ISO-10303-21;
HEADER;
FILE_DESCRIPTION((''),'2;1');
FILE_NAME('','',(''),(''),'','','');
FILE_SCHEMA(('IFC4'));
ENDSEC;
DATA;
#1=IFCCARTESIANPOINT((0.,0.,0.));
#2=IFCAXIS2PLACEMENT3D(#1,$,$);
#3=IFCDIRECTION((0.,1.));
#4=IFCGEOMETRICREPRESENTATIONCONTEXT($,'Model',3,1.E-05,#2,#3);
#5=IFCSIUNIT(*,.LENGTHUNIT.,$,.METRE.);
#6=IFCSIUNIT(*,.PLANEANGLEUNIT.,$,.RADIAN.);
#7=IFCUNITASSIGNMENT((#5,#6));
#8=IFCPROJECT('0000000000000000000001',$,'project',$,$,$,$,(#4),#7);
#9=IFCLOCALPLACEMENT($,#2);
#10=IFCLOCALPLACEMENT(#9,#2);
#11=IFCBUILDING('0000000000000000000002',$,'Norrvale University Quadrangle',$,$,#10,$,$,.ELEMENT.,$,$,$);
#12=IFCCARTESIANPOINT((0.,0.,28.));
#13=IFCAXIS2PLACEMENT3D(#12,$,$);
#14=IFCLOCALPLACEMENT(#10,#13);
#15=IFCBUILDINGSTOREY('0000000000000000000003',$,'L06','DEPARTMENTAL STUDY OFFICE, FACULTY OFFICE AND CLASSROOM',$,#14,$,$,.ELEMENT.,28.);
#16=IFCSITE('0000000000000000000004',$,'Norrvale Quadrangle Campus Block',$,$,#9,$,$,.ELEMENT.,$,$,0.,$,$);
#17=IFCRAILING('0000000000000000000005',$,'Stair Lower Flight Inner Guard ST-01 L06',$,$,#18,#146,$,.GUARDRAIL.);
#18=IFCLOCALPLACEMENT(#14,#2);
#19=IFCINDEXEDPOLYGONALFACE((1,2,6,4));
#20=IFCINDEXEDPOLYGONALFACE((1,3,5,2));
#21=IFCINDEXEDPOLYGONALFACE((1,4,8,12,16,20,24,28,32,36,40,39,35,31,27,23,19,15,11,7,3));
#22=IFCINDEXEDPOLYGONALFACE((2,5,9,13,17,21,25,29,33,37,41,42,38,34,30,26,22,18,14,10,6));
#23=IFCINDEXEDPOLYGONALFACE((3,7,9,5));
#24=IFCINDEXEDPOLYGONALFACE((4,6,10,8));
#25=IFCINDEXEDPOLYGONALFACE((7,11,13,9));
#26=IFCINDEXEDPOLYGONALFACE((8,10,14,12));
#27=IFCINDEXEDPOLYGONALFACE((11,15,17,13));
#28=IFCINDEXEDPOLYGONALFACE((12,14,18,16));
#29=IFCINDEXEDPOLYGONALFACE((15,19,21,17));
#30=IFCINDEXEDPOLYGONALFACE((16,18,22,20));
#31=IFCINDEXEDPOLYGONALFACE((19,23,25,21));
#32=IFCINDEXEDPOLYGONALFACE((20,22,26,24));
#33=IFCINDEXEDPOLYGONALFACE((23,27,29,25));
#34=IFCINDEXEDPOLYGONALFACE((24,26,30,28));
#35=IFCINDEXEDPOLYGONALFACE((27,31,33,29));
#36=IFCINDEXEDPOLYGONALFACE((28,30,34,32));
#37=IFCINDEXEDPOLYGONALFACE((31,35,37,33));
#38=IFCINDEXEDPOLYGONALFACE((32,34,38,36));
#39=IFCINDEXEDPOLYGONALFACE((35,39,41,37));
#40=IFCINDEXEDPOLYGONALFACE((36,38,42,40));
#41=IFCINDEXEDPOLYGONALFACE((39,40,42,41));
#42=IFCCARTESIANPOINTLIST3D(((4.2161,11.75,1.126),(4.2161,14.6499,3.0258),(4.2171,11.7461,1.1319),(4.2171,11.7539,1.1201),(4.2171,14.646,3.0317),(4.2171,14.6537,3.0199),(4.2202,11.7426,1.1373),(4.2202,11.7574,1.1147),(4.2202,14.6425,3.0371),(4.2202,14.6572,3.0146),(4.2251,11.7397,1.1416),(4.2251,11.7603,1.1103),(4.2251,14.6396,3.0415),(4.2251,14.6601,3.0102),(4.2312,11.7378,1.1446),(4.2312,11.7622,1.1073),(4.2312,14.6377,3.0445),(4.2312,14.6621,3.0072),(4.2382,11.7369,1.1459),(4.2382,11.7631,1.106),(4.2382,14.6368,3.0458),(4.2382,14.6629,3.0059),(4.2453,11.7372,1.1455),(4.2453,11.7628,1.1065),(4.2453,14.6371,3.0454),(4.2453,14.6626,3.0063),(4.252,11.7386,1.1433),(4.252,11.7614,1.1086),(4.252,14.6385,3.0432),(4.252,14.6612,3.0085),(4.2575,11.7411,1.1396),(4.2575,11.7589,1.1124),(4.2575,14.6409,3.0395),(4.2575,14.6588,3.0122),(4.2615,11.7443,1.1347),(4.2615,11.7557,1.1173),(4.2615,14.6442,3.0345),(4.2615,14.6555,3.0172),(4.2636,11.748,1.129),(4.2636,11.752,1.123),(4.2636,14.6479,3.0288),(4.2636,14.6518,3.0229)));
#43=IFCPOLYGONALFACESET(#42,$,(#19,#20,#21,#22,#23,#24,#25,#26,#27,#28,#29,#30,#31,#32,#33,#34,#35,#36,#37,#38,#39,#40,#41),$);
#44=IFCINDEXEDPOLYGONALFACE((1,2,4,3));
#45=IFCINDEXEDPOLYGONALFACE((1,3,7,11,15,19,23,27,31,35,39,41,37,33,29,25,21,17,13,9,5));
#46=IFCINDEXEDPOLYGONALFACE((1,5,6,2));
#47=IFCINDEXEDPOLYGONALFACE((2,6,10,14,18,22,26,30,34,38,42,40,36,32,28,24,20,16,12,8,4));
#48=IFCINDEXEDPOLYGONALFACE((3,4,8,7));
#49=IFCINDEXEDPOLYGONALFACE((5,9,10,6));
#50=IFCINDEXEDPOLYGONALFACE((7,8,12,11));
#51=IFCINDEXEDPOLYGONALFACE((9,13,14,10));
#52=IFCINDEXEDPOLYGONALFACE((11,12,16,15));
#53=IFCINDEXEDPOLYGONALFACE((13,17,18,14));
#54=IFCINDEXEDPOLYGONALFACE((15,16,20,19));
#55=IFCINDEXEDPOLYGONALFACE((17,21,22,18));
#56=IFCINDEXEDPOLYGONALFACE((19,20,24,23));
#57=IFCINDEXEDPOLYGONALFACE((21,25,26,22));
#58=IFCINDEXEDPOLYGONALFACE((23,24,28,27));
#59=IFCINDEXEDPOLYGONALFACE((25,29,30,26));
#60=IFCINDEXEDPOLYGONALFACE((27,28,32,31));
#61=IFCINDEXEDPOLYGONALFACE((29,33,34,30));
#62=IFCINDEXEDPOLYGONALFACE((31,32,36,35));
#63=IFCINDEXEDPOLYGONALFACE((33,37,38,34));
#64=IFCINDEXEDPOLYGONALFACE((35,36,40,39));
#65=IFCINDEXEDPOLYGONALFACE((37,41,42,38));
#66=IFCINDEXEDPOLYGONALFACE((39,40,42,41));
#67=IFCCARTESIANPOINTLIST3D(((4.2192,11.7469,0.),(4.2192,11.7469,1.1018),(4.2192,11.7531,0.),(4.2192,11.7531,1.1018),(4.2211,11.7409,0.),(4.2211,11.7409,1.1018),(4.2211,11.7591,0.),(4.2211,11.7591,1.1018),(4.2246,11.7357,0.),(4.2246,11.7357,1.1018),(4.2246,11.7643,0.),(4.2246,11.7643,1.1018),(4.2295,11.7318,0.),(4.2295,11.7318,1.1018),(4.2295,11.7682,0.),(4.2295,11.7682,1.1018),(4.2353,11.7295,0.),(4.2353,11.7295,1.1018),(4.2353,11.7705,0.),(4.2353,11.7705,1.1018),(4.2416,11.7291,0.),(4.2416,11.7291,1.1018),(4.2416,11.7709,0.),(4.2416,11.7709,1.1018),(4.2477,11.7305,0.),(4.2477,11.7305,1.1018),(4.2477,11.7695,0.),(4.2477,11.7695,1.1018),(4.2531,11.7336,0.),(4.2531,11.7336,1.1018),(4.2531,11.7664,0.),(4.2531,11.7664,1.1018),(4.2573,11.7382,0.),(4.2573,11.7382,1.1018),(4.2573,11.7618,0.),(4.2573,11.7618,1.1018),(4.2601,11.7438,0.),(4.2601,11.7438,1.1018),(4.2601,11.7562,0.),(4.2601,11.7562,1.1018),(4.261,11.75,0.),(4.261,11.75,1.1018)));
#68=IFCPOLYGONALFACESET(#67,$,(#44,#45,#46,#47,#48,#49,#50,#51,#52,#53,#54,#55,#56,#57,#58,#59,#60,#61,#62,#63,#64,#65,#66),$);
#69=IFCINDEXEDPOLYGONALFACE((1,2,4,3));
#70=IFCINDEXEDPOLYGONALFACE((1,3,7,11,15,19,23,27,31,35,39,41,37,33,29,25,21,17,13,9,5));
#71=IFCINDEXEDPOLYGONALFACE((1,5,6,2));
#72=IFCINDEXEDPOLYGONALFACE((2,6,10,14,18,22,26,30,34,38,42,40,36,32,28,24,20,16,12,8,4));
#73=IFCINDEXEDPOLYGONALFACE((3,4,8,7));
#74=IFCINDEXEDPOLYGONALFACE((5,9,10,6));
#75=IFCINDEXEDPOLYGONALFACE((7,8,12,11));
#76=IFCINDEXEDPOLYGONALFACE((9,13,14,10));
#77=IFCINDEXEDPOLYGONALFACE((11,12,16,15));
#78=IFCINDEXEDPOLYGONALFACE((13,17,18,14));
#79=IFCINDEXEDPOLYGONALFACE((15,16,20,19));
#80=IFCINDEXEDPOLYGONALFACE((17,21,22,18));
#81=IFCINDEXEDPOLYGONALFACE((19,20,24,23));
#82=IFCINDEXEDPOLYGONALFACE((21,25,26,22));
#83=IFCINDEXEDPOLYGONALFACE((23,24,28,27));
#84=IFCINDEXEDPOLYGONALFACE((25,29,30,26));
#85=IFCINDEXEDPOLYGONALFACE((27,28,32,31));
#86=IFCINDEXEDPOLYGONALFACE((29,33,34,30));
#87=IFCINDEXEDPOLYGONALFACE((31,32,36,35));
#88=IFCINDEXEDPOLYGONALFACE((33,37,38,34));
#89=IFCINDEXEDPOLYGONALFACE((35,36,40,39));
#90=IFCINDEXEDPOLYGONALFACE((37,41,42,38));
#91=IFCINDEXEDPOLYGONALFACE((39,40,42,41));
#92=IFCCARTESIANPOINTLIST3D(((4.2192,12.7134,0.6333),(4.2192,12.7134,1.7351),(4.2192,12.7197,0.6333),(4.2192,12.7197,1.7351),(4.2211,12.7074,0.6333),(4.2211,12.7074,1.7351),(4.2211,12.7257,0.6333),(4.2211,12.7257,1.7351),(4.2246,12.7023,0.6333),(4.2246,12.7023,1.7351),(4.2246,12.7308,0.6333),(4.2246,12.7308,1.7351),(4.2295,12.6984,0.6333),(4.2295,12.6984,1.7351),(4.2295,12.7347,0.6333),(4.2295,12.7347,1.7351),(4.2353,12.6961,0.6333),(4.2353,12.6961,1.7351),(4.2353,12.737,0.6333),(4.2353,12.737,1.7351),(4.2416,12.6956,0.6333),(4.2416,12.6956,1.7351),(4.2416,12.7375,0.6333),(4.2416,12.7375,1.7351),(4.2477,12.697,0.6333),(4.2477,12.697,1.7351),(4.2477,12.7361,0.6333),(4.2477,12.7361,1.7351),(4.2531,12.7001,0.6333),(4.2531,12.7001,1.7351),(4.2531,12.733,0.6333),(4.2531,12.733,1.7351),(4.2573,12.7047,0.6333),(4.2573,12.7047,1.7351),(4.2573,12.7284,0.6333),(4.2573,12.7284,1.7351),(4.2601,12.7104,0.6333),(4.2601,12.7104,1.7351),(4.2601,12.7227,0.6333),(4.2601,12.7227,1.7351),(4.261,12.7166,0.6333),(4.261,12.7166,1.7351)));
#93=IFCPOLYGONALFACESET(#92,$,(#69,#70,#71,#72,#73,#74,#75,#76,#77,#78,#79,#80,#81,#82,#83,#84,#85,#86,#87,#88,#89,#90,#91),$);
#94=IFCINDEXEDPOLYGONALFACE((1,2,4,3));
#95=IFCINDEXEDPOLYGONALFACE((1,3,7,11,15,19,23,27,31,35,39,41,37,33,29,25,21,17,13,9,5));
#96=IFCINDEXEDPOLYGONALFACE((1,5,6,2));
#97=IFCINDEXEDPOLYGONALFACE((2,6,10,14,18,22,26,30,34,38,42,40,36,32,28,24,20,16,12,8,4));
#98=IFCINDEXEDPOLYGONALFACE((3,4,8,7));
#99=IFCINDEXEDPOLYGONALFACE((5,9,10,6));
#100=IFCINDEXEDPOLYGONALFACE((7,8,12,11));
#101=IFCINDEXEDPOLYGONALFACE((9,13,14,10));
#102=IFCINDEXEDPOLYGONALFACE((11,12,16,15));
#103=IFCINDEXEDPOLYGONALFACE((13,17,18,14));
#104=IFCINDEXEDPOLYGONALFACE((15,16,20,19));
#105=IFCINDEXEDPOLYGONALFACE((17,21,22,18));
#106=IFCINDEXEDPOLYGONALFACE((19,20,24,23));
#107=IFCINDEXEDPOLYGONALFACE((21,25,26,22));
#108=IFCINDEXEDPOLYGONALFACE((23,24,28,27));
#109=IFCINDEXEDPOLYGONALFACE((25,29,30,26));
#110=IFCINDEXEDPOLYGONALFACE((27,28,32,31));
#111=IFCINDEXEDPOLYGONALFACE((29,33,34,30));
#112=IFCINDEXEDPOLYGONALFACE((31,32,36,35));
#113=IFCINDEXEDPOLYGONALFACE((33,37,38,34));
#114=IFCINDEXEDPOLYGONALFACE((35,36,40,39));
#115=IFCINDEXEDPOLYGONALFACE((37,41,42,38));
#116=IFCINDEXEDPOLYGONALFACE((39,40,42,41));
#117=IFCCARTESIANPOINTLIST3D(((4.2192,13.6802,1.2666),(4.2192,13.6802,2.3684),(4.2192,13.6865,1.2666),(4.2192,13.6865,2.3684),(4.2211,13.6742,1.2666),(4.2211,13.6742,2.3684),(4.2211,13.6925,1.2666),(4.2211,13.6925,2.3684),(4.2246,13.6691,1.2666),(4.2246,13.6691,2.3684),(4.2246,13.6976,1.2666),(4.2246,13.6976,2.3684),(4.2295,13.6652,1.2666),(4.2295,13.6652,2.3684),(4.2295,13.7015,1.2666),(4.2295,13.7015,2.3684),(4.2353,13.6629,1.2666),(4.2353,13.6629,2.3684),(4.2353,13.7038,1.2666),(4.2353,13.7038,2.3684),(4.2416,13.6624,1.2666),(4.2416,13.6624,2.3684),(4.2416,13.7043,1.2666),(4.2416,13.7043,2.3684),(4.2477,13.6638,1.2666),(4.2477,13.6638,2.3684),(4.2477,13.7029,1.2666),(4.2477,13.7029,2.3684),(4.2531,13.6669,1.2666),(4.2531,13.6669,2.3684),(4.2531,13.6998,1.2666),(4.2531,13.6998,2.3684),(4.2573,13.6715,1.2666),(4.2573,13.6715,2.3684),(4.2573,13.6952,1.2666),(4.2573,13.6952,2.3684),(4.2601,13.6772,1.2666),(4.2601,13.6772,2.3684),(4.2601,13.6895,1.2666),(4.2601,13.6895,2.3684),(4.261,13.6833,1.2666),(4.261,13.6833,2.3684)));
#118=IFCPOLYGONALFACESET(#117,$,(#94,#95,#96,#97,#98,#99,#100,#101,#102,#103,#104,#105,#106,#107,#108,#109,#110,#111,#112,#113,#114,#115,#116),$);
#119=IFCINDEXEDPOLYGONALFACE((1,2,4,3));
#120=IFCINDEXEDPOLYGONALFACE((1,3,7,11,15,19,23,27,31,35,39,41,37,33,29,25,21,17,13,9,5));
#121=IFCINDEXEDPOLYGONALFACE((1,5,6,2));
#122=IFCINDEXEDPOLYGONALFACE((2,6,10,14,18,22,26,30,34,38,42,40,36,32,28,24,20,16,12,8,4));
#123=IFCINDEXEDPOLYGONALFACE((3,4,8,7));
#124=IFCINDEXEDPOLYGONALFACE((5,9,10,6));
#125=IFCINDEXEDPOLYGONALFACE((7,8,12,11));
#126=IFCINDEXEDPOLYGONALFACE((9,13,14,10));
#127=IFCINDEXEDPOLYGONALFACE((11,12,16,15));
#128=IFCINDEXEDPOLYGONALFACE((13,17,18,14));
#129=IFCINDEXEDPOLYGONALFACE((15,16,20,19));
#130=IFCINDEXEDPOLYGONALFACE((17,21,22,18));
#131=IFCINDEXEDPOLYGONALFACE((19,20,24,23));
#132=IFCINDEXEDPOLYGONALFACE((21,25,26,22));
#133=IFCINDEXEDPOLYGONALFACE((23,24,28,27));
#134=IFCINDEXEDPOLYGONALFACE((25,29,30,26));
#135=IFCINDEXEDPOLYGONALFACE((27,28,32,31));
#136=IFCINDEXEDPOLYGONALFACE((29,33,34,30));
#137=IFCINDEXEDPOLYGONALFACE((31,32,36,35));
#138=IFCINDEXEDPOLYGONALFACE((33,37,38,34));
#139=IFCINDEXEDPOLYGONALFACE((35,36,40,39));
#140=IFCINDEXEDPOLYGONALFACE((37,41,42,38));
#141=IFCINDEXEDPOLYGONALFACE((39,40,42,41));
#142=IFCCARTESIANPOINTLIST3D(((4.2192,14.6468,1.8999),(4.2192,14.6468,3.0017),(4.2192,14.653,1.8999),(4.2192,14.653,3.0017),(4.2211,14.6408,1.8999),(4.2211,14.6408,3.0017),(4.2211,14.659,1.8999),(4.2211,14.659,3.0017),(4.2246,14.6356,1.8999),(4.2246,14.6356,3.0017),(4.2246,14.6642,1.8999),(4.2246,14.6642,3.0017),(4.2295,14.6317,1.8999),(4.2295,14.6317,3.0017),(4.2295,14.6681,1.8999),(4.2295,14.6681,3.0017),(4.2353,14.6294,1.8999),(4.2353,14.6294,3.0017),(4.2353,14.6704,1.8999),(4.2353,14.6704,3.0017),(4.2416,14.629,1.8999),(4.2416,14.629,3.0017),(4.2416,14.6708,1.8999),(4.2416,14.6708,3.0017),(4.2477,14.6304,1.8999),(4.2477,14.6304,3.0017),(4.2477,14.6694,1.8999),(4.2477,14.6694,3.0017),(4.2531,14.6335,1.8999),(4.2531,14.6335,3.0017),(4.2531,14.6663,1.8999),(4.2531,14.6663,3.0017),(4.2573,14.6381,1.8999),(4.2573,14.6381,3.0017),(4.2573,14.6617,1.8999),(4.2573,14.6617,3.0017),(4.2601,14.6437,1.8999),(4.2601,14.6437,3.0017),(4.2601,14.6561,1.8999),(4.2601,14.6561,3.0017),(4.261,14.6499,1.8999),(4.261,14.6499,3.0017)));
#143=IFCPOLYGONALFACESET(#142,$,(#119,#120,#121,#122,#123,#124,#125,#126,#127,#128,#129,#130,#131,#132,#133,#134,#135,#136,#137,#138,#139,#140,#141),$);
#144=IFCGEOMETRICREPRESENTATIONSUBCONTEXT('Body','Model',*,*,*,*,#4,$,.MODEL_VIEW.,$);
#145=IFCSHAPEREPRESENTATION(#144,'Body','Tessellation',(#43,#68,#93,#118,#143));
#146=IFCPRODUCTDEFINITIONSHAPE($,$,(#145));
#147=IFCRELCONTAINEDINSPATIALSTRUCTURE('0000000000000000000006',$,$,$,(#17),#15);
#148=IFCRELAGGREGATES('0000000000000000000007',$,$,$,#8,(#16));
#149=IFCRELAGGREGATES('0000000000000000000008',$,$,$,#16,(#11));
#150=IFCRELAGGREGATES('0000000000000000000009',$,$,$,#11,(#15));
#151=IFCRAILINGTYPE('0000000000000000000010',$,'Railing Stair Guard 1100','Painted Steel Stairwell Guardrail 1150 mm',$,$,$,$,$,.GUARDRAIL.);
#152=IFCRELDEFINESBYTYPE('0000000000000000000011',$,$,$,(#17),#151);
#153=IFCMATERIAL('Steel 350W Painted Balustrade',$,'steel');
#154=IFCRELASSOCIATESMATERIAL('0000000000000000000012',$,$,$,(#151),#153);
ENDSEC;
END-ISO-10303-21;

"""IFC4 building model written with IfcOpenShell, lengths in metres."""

from ifc_helpers import new_model, si_unit, direction, frame, origin, origin_2d, place, context, subcontext, project, spatial, circle, extrude, material, type_object, element, save


model = new_model("IFC4")

# Units and contexts
model_context = context("Model", 3, precision=1e-05, world=origin(), true_north=direction((0.0, 1.0)))
body_context = subcontext(model_context, "Body", "Model", "MODEL_VIEW")
ifc_project = project(units=[si_unit("LENGTHUNIT", "METRE"), si_unit("PLANEANGLEUNIT", "RADIAN")], contexts=[model_context])

# Site, building, storey
site_placement = place(None, origin())
site = spatial("IfcSite", under=ifc_project, at=site_placement, Name="Norrvale Quadrangle Campus Block", CompositionType="ELEMENT", RefElevation=0.0)
building_placement = place(site_placement, origin())
building = spatial("IfcBuilding", under=site, at=building_placement, Name="Norrvale University Quadrangle", CompositionType="ELEMENT")
storey_placement = place(building_placement, frame((0.0, 0.0, 28.0)))
storey = spatial("IfcBuildingStorey", under=building, at=storey_placement, Name="L06", Description="DEPARTMENTAL STUDY OFFICE, FACULTY OFFICE AND CLASSROOM", CompositionType="ELEMENT", Elevation=28.0)

# Railing
ifc_material_1 = material(Name="Steel 350W Painted Balustrade", Category="steel")
railing_type_1 = type_object("IfcRailingType", Name="Railing Stair Guard 1100", Description="Painted Steel Stairwell Guardrail 1150 mm", PredefinedType="GUARDRAIL", material=ifc_material_1)
railing_1_placement = place(storey_placement, frame((4.24, 11.75, 0.0)))
element("IfcRailing", 1, at=railing_1_placement, inside=storey, type_object=railing_type_1, Name="Stair Lower Flight Inner Guard ST-01 L06", PredefinedType="GUARDRAIL", context=body_context, shape_type="SweptSolid", body=[
    extrude(circle(Radius=0.0239, at=origin_2d()), frame((0.0, 0.0, 1.126), z_axis=(0.0, 0.836466, 0.548019), x_axis=(-1.0, 0.0, 0.0)), (0.0, 0.0, 1.0), 3.4668),
    extrude(circle(Radius=0.021, at=origin_2d()), origin(), (0.0, 0.0, 1.0), 1.1018),
    extrude(circle(Radius=0.021, at=origin_2d()), frame((0.0, 0.9666, 0.6333)), (0.0, 0.0, 1.0), 1.1018),
    extrude(circle(Radius=0.021, at=origin_2d()), frame((0.0, 1.9333, 1.2666)), (0.0, 0.0, 1.0), 1.1018),
    extrude(circle(Radius=0.021, at=origin_2d()), frame((0.0, 2.8999, 1.8999)), (0.0, 0.0, 1.0), 1.1018),
])

save(model, "model.ifc")
